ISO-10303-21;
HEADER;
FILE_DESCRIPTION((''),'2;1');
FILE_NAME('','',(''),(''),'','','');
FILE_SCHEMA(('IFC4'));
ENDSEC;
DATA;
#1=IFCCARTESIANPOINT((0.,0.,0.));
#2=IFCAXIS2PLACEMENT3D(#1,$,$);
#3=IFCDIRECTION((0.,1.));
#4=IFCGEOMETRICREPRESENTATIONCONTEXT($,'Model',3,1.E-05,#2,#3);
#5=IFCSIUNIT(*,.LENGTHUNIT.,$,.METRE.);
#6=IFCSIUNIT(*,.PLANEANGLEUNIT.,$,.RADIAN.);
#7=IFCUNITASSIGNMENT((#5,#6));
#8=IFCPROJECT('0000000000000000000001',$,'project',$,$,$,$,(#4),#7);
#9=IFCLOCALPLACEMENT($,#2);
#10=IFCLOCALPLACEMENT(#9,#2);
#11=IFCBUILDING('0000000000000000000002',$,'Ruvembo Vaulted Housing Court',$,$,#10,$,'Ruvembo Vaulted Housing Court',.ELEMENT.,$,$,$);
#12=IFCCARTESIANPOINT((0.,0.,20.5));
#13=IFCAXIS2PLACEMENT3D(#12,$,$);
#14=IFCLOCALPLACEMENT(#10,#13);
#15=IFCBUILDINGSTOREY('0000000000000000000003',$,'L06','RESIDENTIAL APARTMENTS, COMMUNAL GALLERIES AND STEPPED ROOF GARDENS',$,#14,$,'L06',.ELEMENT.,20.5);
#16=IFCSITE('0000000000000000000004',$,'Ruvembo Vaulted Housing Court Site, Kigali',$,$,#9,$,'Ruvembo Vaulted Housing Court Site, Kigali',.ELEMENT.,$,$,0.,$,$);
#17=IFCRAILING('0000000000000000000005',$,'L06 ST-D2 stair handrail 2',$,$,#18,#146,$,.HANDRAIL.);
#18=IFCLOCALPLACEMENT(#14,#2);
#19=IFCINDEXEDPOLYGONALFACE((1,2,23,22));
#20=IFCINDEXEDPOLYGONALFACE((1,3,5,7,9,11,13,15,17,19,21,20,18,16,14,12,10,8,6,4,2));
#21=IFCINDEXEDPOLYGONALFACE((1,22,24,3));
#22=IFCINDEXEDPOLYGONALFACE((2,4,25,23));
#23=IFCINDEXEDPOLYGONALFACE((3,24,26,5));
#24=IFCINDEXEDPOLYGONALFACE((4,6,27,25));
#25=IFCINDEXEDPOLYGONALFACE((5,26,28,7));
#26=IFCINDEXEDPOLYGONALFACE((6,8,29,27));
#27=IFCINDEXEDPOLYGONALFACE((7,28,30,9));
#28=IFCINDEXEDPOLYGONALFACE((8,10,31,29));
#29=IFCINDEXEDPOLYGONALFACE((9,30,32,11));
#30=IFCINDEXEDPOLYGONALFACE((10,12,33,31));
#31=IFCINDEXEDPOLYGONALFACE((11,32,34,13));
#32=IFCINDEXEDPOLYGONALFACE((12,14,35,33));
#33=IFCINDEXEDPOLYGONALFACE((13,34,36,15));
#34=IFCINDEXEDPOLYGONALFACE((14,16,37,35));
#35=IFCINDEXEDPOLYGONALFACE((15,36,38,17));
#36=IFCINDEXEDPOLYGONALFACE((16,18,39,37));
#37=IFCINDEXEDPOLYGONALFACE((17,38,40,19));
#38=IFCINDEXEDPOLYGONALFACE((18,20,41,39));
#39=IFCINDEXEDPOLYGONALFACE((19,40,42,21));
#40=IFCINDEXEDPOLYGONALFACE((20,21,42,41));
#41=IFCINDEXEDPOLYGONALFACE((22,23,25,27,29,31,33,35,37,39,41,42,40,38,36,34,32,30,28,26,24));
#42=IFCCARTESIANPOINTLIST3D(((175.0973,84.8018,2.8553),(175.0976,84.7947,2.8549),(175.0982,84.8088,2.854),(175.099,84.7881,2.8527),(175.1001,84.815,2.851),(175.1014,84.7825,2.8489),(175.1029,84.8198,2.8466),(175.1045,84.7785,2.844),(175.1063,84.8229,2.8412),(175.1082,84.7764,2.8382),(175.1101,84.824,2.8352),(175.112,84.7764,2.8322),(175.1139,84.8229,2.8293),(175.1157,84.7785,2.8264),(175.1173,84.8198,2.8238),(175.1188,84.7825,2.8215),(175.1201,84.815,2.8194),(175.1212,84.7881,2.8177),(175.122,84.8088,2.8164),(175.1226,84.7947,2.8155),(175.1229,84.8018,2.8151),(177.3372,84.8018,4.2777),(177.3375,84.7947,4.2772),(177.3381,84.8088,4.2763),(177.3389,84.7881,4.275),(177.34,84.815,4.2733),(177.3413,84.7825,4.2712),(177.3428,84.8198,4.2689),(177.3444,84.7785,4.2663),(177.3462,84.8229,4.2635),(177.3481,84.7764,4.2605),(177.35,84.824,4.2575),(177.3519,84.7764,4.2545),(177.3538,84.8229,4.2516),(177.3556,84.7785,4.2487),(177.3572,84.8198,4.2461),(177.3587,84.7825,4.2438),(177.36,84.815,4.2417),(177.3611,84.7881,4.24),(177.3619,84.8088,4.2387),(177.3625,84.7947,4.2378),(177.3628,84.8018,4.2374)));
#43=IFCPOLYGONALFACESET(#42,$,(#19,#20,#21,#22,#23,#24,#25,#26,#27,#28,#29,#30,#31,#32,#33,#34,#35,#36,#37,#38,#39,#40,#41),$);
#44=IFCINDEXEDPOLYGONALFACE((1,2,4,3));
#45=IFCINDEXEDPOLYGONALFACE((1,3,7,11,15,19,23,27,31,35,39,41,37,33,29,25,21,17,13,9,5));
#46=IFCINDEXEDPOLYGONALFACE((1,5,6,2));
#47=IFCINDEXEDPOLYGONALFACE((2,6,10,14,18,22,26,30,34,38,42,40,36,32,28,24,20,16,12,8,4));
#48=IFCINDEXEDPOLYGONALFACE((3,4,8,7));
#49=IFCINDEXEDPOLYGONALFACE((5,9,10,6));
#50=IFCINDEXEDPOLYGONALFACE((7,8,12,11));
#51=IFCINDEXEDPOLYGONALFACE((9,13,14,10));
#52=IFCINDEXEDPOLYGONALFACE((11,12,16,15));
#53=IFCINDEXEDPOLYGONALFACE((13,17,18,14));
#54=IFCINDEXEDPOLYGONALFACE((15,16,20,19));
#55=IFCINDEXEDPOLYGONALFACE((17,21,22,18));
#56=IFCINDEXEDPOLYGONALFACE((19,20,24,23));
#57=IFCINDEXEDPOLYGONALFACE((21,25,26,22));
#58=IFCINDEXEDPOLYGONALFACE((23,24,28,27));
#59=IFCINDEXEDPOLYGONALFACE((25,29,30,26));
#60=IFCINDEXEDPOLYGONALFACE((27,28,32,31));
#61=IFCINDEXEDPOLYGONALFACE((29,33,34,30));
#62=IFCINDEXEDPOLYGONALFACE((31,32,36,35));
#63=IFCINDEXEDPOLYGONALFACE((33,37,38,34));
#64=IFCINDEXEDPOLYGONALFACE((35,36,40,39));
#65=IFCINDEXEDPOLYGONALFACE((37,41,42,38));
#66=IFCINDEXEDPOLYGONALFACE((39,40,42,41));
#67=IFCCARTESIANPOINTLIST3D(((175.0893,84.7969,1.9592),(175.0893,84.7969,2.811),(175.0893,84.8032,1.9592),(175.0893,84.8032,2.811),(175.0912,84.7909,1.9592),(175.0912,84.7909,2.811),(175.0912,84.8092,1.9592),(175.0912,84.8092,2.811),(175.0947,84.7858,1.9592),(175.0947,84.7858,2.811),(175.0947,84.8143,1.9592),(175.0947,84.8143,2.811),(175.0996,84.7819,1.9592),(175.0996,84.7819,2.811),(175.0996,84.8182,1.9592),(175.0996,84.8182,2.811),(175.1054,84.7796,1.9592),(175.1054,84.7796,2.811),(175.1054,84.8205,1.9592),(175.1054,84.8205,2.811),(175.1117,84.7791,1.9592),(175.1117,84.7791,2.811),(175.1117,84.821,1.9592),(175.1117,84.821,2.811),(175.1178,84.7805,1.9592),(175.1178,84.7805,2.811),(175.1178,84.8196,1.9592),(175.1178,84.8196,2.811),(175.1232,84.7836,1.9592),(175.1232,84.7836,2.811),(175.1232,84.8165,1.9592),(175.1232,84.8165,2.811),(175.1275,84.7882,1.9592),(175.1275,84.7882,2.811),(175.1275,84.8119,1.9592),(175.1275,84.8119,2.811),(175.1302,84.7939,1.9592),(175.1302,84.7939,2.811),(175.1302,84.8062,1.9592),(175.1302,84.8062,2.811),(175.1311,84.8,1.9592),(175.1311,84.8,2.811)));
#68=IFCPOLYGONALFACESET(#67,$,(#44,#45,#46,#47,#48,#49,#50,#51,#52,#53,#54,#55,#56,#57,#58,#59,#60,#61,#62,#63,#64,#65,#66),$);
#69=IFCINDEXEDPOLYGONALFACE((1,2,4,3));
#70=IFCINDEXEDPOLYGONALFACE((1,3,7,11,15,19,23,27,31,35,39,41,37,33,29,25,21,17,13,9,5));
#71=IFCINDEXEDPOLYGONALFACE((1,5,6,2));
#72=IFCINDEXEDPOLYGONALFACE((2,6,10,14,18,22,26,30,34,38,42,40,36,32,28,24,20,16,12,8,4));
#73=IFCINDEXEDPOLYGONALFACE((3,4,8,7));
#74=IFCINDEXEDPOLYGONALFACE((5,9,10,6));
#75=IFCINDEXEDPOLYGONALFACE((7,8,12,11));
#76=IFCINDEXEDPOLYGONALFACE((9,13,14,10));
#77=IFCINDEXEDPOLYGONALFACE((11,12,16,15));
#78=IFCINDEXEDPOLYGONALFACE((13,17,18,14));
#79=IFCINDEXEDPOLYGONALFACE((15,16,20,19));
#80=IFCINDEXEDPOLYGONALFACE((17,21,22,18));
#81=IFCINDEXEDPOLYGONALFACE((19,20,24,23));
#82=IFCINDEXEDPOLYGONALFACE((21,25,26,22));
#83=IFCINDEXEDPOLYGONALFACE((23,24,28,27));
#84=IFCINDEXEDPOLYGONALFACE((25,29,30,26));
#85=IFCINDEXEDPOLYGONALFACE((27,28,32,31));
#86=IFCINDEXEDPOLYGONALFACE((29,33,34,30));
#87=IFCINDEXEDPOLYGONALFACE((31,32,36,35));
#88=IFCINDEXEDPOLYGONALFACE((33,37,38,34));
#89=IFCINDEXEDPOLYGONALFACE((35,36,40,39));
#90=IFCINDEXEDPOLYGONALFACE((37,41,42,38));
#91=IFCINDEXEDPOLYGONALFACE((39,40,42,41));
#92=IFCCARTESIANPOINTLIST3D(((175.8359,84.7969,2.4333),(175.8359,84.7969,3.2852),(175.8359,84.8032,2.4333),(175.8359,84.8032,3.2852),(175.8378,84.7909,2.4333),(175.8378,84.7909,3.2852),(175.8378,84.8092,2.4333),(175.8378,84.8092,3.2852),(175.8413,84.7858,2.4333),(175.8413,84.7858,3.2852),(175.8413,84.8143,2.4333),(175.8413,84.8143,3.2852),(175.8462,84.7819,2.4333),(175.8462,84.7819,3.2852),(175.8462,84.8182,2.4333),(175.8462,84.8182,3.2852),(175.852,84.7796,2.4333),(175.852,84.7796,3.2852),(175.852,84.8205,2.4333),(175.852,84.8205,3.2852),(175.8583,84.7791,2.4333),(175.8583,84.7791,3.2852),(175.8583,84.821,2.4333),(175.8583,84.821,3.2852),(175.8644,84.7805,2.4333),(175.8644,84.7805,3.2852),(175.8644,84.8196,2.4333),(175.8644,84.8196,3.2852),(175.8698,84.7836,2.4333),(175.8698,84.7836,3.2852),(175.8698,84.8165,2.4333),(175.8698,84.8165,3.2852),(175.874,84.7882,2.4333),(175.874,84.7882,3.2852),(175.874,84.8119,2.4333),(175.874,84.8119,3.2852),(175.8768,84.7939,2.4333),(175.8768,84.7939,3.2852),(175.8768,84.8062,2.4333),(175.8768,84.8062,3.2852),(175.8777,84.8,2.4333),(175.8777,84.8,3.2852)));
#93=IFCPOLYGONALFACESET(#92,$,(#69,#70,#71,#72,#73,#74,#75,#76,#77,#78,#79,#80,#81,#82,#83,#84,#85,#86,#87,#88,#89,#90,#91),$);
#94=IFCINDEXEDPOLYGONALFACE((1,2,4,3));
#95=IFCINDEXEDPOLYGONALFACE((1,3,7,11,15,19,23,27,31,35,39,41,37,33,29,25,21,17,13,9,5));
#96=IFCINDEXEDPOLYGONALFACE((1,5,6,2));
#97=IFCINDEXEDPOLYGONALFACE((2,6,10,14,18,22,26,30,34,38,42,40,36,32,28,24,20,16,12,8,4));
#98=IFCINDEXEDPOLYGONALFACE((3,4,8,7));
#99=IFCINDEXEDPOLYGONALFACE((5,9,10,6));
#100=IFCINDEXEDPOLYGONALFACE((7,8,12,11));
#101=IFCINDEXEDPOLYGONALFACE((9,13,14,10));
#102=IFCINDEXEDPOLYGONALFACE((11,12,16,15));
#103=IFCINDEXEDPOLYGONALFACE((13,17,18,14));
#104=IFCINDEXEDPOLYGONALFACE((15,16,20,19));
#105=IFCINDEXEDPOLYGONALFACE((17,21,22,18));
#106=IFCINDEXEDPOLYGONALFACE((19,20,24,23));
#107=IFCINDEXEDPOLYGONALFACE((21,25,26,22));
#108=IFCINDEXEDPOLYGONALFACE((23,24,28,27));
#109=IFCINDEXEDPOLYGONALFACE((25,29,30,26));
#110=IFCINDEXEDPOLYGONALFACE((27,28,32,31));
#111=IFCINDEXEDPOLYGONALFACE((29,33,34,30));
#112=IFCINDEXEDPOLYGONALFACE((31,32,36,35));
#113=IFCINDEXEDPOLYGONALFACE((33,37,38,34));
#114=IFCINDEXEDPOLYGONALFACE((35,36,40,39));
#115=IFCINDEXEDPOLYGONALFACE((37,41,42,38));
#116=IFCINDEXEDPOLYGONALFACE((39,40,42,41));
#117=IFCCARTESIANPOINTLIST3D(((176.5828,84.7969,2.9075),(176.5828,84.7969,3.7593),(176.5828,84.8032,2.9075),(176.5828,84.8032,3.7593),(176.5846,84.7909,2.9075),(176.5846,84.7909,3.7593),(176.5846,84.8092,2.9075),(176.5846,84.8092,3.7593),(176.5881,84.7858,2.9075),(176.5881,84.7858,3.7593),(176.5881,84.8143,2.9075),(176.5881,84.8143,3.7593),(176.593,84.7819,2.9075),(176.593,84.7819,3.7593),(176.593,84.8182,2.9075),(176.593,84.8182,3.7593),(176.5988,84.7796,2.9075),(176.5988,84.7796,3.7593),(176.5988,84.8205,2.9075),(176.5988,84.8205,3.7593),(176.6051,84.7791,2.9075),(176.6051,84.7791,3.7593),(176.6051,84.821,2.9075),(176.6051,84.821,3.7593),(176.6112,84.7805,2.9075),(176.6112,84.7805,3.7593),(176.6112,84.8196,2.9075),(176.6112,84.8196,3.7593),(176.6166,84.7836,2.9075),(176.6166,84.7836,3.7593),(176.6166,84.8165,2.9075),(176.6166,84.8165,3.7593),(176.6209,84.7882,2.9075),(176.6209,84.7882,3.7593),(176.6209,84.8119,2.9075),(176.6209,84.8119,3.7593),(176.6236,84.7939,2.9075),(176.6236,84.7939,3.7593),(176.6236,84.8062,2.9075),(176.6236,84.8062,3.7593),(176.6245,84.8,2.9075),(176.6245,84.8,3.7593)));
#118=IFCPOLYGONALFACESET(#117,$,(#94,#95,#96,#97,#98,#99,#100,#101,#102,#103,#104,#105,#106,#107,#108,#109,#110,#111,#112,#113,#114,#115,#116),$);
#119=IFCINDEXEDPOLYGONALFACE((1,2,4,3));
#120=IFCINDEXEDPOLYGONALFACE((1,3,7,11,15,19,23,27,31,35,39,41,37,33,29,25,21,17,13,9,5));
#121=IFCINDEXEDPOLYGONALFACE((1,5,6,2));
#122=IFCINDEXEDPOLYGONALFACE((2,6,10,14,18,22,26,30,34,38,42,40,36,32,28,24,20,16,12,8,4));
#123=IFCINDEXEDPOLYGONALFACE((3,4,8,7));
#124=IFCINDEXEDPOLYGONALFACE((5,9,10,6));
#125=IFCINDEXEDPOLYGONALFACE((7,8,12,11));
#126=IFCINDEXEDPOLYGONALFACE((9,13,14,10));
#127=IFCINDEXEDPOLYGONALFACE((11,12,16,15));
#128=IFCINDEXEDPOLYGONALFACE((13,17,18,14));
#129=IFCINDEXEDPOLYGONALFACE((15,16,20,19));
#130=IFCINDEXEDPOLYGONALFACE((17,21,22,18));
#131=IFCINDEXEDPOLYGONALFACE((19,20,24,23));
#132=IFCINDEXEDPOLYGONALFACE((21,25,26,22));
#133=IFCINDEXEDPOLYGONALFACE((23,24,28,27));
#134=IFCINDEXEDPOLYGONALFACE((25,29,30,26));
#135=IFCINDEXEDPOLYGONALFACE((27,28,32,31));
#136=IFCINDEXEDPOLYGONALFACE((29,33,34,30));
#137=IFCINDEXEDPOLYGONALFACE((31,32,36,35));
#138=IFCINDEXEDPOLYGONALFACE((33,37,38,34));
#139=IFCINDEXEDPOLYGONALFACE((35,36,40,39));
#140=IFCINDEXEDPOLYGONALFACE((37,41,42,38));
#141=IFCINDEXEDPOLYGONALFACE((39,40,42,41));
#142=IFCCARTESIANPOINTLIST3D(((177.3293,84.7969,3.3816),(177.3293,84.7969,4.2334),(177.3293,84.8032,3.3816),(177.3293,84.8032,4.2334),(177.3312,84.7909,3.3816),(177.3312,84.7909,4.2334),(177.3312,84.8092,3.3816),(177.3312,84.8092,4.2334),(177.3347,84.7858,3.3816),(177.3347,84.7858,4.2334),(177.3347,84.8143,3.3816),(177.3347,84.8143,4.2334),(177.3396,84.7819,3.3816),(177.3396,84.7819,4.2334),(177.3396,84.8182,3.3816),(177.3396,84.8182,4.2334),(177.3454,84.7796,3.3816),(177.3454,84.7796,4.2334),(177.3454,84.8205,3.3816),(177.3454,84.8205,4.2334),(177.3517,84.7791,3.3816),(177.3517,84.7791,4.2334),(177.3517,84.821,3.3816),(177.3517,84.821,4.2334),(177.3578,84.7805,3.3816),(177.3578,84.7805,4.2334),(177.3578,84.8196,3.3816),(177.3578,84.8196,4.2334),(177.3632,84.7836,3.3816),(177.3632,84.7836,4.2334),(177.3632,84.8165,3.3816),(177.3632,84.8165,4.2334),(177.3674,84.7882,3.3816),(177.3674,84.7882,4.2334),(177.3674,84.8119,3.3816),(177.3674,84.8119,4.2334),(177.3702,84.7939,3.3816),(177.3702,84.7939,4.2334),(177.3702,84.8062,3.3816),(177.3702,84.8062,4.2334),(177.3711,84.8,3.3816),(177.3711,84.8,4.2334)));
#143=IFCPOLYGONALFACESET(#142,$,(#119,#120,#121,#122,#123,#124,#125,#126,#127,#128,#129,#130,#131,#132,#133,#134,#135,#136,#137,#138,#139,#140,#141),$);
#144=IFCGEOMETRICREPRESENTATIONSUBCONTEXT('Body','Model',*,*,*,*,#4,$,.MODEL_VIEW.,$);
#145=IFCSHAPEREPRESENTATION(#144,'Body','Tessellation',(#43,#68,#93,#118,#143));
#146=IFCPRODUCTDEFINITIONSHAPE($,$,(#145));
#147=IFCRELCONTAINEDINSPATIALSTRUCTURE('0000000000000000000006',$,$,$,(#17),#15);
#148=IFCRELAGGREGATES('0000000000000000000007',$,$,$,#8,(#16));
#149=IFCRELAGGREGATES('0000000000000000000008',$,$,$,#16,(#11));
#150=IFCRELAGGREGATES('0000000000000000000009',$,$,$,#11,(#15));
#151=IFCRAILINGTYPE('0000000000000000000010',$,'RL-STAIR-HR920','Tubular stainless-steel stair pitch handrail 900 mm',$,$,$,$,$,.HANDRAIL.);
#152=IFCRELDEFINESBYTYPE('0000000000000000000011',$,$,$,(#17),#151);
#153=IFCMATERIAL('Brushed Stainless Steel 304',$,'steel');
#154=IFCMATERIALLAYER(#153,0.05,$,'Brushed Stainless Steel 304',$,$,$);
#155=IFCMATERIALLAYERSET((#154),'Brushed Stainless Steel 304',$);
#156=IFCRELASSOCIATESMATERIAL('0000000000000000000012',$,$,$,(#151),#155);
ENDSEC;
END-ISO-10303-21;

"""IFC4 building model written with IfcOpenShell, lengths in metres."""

from ifc_helpers import new_model, si_unit, direction, frame, origin, origin_2d, place, context, subcontext, project, spatial, circle, extrude, material, layer, layer_set, type_object, element, save


model = new_model("IFC4")

# Units and contexts
model_context = context("Model", 3, precision=1e-05, world=origin(), true_north=direction((0.0, 1.0)))
body_context = subcontext(model_context, "Body", "Model", "MODEL_VIEW")
ifc_project = project(units=[si_unit("LENGTHUNIT", "METRE"), si_unit("PLANEANGLEUNIT", "RADIAN")], contexts=[model_context])

# Site, building, storey
site_placement = place(None, origin())
site = spatial("IfcSite", under=ifc_project, at=site_placement, Name="Ruvembo Vaulted Housing Court Site, Kigali", LongName="Ruvembo Vaulted Housing Court Site, Kigali", CompositionType="ELEMENT", RefElevation=0.0)
building_placement = place(site_placement, origin())
building = spatial("IfcBuilding", under=site, at=building_placement, Name="Ruvembo Vaulted Housing Court", LongName="Ruvembo Vaulted Housing Court", CompositionType="ELEMENT")
storey_placement = place(building_placement, frame((0.0, 0.0, 20.5)))
storey = spatial("IfcBuildingStorey", under=building, at=storey_placement, Name="L06", Description="RESIDENTIAL APARTMENTS, COMMUNAL GALLERIES AND STEPPED ROOF GARDENS", LongName="L06", CompositionType="ELEMENT", Elevation=20.5)

# Railing
ifc_material_1 = material(Name="Brushed Stainless Steel 304", Category="steel")
ifc_layer_1 = layer(ifc_material_1, 0.05, Name="Brushed Stainless Steel 304")
ifc_layer_set_1 = layer_set([ifc_layer_1], Name="Brushed Stainless Steel 304")
railing_type_1 = type_object("IfcRailingType", Name="RL-STAIR-HR920", Description="Tubular stainless-steel stair pitch handrail 900 mm", PredefinedType="HANDRAIL", material=ifc_layer_set_1)
railing_1_placement = place(storey_placement, frame((175.1101, 84.8, 1.9592)))
element("IfcRailing", 1, at=railing_1_placement, inside=storey, type_object=railing_type_1, Name="L06 ST-D2 stair handrail 2", PredefinedType="HANDRAIL", context=body_context, shape_type="SweptSolid", body=[
    extrude(circle(Radius=0.0239, at=origin_2d()), frame((0.0, 0.0, 0.876), z_axis=(0.844188, 0.0, 0.536048), x_axis=(0.0, 1.0, 0.0)), (0.0, 0.0, 1.0), 2.6533),
    extrude(circle(Radius=0.021, at=origin_2d()), origin(), (0.0, 0.0, 1.0), 0.8518),
    extrude(circle(Radius=0.021, at=origin_2d()), frame((0.7466, 0.0, 0.4741)), (0.0, 0.0, 1.0), 0.8518),
    extrude(circle(Radius=0.021, at=origin_2d()), frame((1.4934, 0.0, 0.9482)), (0.0, 0.0, 1.0), 0.8518),
    extrude(circle(Radius=0.021, at=origin_2d()), frame((2.24, 0.0, 1.4224)), (0.0, 0.0, 1.0), 0.8518),
])

save(model, "model.ifc")
